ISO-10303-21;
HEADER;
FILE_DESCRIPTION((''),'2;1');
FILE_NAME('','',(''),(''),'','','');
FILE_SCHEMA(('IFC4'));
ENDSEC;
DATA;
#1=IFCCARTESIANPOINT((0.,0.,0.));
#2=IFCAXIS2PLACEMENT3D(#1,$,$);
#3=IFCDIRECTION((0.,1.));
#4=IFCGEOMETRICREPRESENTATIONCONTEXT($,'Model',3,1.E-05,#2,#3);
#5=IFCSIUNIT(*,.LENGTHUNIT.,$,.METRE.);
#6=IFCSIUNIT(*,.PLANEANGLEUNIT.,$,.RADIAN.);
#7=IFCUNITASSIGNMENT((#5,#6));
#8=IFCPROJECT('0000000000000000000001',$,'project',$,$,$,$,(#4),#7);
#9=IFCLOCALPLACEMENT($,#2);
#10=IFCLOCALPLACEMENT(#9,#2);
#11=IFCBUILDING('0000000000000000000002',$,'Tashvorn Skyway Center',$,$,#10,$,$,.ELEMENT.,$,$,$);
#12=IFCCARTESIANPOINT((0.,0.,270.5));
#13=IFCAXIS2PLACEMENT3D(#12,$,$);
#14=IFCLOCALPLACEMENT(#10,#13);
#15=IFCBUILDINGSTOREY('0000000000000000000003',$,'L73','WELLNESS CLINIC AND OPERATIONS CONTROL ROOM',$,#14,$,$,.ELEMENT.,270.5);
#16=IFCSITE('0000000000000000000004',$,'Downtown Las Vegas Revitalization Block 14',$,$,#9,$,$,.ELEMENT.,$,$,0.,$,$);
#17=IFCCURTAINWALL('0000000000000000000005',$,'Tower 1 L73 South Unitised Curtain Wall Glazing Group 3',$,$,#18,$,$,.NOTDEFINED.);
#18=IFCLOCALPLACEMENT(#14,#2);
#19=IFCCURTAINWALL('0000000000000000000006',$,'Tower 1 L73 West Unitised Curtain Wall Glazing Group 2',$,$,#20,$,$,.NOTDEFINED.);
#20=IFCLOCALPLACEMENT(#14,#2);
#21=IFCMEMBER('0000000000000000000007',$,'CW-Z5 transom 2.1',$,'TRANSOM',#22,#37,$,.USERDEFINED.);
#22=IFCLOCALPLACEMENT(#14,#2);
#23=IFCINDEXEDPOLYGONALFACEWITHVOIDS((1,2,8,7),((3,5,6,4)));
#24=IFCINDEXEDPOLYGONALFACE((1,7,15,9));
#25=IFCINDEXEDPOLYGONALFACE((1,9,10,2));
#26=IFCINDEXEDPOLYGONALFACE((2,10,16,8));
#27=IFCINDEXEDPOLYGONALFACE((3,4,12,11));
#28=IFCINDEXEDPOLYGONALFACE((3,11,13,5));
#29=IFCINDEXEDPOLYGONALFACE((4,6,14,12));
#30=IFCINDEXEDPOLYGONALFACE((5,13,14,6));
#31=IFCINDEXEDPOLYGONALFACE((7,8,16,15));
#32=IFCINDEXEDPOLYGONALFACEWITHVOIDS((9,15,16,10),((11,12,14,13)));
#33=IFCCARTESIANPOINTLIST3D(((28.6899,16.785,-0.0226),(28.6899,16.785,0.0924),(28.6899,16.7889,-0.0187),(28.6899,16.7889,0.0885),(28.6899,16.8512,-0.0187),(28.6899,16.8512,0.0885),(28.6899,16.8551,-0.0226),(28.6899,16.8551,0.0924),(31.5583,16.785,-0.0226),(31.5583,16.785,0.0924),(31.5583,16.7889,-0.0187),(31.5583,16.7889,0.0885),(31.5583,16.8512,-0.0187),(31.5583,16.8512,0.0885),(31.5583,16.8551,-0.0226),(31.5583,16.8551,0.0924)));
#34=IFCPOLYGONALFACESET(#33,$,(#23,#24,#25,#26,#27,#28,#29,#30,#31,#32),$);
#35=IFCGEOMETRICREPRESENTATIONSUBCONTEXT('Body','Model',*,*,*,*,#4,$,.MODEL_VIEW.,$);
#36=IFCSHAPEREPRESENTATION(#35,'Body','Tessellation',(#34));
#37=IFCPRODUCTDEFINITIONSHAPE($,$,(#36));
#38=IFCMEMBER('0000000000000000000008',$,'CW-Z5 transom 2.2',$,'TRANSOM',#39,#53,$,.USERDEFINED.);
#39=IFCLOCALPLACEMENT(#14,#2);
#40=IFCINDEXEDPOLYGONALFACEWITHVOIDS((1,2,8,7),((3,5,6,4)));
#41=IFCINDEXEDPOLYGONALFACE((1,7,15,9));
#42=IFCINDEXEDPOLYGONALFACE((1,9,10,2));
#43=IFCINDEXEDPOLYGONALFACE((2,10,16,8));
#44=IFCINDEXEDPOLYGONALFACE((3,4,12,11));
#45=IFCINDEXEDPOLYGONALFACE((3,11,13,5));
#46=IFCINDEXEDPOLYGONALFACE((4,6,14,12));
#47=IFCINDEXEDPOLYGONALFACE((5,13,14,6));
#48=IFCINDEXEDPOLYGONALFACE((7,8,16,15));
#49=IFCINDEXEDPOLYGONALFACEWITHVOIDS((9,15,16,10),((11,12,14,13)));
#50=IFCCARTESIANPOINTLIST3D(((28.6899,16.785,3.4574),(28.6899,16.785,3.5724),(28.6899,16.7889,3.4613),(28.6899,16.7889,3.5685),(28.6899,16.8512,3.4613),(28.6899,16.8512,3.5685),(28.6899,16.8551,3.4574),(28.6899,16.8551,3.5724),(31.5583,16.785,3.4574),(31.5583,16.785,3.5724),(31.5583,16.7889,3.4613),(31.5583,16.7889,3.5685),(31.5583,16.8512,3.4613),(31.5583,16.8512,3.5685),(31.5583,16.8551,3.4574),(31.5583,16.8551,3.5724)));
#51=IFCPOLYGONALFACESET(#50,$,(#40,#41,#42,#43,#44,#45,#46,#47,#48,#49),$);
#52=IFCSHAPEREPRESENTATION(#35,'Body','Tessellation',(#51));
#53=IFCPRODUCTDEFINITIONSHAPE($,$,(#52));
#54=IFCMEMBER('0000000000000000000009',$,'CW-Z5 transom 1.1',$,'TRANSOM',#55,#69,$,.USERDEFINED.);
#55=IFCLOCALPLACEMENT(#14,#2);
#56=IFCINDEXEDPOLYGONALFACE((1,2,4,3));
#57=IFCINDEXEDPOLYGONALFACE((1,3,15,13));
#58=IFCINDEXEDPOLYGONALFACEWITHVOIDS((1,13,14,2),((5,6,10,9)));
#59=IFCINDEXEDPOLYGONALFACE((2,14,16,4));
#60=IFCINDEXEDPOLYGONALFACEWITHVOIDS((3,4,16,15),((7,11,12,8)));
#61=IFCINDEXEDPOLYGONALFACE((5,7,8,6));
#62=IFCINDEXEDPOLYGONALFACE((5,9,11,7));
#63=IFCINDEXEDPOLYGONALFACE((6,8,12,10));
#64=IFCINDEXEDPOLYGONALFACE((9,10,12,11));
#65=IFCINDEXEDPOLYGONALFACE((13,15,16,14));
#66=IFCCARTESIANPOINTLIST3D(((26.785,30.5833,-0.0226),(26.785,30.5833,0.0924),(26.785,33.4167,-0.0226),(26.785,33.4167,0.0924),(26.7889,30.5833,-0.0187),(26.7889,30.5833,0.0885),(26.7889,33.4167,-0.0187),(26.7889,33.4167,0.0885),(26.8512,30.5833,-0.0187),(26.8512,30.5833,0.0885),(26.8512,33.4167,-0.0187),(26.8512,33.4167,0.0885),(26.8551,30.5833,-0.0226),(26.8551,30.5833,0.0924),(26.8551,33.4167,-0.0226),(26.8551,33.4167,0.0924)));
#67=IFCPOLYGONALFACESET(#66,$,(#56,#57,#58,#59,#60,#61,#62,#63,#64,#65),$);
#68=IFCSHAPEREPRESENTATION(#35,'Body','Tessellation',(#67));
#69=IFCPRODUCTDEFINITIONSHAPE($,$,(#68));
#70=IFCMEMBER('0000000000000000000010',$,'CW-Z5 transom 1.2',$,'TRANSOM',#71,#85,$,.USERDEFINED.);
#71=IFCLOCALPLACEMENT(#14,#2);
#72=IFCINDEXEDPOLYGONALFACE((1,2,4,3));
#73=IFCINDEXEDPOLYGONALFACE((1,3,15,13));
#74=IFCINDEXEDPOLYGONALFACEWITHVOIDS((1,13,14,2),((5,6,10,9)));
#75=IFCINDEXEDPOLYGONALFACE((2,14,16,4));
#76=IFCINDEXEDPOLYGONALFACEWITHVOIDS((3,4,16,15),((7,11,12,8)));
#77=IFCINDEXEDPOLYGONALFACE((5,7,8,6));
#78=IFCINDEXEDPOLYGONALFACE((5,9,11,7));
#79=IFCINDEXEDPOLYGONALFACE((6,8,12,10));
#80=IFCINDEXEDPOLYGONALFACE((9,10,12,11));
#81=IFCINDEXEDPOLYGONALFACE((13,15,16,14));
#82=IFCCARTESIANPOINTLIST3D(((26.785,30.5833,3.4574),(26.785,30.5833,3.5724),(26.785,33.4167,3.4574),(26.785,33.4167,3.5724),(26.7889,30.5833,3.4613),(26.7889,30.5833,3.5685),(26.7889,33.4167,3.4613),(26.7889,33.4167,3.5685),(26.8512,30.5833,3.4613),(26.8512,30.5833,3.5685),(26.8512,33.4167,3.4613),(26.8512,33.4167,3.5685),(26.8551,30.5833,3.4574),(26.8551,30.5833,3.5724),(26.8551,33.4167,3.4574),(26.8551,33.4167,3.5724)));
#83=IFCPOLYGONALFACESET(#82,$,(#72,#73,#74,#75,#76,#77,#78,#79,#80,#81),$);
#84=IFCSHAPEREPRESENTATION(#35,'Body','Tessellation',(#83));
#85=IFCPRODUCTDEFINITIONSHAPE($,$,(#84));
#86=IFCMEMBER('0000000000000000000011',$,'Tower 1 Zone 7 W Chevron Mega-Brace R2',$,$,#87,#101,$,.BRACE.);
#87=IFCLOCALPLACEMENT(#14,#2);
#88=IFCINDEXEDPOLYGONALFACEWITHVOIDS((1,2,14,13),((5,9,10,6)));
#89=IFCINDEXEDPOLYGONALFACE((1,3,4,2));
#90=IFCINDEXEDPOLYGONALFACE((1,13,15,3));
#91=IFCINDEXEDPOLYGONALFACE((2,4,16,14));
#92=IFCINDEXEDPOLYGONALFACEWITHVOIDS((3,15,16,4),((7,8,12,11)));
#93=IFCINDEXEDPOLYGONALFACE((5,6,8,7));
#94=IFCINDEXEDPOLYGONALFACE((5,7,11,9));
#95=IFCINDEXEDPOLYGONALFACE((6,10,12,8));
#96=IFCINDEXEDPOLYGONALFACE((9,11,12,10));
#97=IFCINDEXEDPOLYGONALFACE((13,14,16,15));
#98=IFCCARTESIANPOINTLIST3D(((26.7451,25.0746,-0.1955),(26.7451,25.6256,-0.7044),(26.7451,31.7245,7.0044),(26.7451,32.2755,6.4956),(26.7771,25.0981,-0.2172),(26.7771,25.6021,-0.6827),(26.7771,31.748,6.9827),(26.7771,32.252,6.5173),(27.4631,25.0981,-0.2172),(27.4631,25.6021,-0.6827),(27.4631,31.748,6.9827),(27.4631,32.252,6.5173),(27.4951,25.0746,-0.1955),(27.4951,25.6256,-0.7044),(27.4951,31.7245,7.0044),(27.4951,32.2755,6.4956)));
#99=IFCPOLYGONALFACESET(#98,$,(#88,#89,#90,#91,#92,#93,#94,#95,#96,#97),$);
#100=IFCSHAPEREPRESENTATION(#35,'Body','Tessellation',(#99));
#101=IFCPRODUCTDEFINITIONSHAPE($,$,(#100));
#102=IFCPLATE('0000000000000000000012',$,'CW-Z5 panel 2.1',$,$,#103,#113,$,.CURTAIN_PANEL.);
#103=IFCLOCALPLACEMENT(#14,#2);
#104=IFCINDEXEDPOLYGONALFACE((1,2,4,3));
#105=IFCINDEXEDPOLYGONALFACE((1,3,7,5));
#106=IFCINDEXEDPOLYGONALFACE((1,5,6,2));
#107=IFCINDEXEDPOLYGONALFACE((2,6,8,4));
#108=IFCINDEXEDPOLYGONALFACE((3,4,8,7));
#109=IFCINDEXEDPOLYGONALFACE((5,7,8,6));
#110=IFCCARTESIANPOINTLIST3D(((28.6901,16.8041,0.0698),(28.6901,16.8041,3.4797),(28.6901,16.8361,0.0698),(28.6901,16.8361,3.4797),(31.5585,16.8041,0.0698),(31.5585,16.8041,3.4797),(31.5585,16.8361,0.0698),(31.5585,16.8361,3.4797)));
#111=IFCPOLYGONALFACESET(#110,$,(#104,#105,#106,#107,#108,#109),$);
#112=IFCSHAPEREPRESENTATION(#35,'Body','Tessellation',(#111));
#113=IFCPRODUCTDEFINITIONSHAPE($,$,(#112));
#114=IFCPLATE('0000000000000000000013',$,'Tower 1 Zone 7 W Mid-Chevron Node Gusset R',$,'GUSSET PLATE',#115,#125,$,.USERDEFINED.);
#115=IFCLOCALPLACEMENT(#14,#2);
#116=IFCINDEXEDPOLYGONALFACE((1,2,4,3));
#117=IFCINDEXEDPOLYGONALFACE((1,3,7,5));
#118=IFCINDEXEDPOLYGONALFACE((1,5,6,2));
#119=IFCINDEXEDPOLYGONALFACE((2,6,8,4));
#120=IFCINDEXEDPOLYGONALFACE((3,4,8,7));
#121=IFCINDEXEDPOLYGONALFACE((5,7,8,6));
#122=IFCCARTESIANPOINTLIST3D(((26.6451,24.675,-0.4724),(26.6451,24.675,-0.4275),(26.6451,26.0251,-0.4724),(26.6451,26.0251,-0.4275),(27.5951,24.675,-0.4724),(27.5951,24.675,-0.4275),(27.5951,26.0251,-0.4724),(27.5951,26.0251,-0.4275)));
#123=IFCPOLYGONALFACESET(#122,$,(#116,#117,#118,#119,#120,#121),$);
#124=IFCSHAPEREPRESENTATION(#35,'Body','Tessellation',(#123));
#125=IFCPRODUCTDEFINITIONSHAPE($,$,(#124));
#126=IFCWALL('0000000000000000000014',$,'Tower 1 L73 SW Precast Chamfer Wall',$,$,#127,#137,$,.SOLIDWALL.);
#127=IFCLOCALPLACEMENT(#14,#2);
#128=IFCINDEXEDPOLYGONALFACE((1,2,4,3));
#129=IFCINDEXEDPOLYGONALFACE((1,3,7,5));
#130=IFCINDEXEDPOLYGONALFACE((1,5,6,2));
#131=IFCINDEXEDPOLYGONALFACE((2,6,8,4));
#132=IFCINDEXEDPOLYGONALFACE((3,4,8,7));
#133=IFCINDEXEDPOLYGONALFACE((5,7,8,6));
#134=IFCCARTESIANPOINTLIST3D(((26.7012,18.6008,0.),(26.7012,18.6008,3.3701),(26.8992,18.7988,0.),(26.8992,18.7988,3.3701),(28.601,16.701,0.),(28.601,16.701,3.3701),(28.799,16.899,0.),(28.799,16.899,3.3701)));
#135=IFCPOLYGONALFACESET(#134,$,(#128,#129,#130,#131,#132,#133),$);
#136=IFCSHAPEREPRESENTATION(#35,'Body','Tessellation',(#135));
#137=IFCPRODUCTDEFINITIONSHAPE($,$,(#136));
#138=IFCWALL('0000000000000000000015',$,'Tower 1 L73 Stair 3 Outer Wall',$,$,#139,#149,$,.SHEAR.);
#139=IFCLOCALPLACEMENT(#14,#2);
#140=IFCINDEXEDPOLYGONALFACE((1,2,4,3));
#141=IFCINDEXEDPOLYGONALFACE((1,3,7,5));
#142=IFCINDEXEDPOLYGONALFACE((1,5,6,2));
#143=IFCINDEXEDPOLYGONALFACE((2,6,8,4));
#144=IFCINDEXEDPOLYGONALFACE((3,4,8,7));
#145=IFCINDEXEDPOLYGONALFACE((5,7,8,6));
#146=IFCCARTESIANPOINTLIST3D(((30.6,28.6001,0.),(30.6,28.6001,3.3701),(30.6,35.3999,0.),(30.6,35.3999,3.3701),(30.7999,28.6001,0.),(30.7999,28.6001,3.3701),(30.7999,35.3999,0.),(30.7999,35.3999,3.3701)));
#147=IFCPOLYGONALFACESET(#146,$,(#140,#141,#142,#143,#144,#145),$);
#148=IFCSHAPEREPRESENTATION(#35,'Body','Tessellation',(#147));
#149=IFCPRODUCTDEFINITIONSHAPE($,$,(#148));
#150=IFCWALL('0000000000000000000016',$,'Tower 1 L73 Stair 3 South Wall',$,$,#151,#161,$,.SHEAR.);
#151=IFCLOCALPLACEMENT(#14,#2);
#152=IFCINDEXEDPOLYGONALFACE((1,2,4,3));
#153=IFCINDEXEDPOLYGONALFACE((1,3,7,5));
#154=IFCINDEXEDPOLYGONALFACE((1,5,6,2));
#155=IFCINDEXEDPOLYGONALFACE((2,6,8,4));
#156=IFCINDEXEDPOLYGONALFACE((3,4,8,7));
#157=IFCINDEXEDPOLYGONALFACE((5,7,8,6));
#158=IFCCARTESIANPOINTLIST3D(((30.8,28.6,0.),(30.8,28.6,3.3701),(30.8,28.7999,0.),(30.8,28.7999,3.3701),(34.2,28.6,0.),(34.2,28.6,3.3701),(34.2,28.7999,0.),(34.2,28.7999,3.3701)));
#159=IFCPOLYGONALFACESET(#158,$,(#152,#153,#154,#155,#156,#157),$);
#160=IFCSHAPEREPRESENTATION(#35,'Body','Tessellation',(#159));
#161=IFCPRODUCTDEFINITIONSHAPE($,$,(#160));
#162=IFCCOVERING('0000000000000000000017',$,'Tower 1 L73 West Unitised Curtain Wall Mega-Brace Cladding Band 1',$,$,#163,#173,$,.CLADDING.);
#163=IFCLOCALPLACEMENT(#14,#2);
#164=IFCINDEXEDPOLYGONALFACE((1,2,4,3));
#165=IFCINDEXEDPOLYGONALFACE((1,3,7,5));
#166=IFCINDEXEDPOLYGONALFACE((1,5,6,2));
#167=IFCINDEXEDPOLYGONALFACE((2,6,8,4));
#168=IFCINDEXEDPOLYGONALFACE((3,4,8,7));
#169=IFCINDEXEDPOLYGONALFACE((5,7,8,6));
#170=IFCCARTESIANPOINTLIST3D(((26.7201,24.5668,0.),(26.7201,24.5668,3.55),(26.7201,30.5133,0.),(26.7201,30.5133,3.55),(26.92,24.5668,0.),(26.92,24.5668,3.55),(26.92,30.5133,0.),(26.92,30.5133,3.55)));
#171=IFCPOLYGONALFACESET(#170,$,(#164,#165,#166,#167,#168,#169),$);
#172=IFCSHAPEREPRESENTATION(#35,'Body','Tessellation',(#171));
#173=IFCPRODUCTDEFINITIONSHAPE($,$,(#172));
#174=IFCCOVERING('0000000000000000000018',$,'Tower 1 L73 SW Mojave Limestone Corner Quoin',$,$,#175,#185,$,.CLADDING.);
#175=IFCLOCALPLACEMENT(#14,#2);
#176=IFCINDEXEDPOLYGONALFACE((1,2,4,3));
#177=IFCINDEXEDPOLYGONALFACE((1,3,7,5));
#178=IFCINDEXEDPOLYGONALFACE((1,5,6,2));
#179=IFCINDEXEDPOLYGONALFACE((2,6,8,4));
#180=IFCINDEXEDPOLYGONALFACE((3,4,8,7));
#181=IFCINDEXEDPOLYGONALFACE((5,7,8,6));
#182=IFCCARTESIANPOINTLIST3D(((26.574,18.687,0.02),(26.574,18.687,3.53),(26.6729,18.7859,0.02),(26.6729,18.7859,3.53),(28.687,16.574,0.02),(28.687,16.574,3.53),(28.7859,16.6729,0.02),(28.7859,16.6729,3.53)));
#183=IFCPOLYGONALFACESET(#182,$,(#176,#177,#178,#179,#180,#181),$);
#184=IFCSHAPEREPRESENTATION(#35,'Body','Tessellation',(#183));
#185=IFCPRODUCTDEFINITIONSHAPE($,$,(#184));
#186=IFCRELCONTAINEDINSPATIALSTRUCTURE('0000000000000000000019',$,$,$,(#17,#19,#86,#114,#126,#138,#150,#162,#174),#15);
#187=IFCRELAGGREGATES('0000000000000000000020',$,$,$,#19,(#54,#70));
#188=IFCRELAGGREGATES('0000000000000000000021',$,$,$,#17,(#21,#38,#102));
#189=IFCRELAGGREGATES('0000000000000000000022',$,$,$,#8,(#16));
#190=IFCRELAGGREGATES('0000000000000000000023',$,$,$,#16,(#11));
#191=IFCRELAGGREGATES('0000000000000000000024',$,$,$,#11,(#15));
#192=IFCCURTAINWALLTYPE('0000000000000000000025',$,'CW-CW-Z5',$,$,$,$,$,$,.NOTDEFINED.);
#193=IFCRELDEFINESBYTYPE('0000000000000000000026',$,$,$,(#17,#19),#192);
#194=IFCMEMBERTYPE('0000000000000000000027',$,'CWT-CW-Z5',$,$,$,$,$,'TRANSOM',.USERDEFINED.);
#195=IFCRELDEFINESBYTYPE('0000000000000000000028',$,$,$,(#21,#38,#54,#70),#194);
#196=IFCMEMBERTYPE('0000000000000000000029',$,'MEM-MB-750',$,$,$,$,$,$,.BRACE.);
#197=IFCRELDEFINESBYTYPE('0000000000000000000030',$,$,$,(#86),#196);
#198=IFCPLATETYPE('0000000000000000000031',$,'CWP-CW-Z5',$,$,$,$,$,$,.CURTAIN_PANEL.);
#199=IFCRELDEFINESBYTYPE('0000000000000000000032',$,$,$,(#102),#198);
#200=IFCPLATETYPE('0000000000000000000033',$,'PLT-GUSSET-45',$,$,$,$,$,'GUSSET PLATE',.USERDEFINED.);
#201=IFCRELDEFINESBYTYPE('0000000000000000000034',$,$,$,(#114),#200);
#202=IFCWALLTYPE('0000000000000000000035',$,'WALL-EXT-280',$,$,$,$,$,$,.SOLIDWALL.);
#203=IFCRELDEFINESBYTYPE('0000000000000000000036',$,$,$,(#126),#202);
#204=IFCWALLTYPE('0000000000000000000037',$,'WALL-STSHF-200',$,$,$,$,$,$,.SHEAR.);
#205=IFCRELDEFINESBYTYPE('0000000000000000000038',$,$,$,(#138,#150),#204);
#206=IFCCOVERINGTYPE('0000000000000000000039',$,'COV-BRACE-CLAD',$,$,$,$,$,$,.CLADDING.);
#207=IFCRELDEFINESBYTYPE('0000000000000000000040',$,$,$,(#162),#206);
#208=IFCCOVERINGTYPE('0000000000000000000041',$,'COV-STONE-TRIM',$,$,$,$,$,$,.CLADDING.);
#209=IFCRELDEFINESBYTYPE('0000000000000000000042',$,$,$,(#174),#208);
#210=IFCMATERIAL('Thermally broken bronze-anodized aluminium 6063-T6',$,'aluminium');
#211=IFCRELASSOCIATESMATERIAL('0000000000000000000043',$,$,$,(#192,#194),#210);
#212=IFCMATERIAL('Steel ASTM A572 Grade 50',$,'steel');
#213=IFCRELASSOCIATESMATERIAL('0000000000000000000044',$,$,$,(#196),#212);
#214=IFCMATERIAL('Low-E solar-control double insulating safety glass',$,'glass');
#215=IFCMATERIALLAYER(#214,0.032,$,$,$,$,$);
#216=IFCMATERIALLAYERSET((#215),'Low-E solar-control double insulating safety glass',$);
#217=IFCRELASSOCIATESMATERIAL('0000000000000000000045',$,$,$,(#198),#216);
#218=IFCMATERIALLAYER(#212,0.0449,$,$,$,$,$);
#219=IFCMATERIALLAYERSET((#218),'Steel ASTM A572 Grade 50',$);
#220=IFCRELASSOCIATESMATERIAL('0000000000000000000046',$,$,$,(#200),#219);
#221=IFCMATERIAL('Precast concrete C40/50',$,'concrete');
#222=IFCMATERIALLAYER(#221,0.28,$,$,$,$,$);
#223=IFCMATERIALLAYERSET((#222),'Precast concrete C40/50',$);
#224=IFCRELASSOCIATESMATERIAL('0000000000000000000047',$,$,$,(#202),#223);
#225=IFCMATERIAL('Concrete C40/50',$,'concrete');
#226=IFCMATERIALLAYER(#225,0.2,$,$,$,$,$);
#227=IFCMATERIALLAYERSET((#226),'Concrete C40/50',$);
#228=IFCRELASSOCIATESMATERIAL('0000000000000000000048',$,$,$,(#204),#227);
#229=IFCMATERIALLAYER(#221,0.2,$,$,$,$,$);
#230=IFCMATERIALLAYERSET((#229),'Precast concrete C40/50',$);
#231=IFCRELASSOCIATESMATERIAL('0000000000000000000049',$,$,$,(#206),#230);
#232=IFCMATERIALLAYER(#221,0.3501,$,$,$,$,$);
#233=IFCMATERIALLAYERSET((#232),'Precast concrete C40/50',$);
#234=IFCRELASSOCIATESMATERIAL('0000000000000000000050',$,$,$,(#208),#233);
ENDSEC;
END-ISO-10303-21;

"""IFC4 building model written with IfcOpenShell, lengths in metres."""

from ifc_helpers import new_model, si_unit, direction, frame, frame_2d, origin, origin_2d, place, context, subcontext, project, spatial, rectangle, hollow_rectangle, extrude, material, layer, layer_set, material_profile, profile_set, type_object, element, aggregate, save


model = new_model("IFC4")

# Units and contexts
model_context = context("Model", 3, precision=1e-05, world=origin(), true_north=direction((0.0, 1.0)))
body_context = subcontext(model_context, "Body", "Model", "MODEL_VIEW")
ifc_project = project(units=[si_unit("LENGTHUNIT", "METRE"), si_unit("PLANEANGLEUNIT", "RADIAN")], contexts=[model_context])

# Site, building, storey
site_placement = place(None, origin())
site = spatial("IfcSite", under=ifc_project, at=site_placement, Name="Downtown Las Vegas Revitalization Block 14", CompositionType="ELEMENT", RefElevation=0.0)
building_placement = place(site_placement, origin())
building = spatial("IfcBuilding", under=site, at=building_placement, Name="Tashvorn Skyway Center", CompositionType="ELEMENT")
storey_placement = place(building_placement, frame((0.0, 0.0, 270.5)))
storey = spatial("IfcBuildingStorey", under=building, at=storey_placement, Name="L73", Description="WELLNESS CLINIC AND OPERATIONS CONTROL ROOM", CompositionType="ELEMENT", Elevation=270.5)

# Shared definitions
ifc_material_1 = material(Name="Steel ASTM A572 Grade 50", Category="steel")

# Curtain wall
ifc_material_2 = material(Name="Thermally broken bronze-anodized aluminium 6063-T6", Category="aluminium")
curtain_wall_type = type_object("IfcCurtainWallType", Name="CW-CW-Z5", PredefinedType="NOTDEFINED", material=ifc_material_2)
curtain_wall_1_placement = place(storey_placement, origin())
curtain_wall_1 = element("IfcCurtainWall", 1, at=curtain_wall_1_placement, inside=storey, type_object=curtain_wall_type, Name="Tower 1 L73 South Unitised Curtain Wall Glazing Group 3", PredefinedType="NOTDEFINED")

# Curtain wall
curtain_wall_2_placement = place(storey_placement, origin())
curtain_wall_2 = element("IfcCurtainWall", 2, at=curtain_wall_2_placement, inside=storey, type_object=curtain_wall_type, Name="Tower 1 L73 West Unitised Curtain Wall Glazing Group 2", PredefinedType="NOTDEFINED")

# Members
ifc_material_profile_1 = material_profile(ifc_material_2, hollow_rectangle(XDim=0.0701, YDim=0.115, WallThickness=0.0039, at=origin_2d()), Name="ALU-TRAN-70x115")
ifc_profile_set_1 = profile_set([ifc_material_profile_1], Name="Thermally broken bronze-anodized aluminium 6063-T6")
member_type_1 = type_object("IfcMemberType", Name="CWT-CW-Z5", ElementType="TRANSOM", PredefinedType="USERDEFINED", material=ifc_profile_set_1)
member_1_placement = place(storey_placement, frame((31.5583, 16.8201, 0.0349), z_axis=(-1.0, 0.0, 0.0), x_axis=(0.0, -1.0, 0.0)))
member_1 = element("IfcMember", 3, at=member_1_placement, type_object=member_type_1, Name="CW-Z5 transom 2.1", ObjectType="TRANSOM", PredefinedType="USERDEFINED", context=body_context, shape_type="SweptSolid", body=[
    extrude(hollow_rectangle(XDim=0.0701, YDim=0.115, WallThickness=0.0039, at=origin_2d()), origin(), (0.0, 0.0, 1.0), 2.8684),
])
member_2_placement = place(storey_placement, frame((31.5583, 16.8201, 3.5149), z_axis=(-1.0, 0.0, 0.0), x_axis=(0.0, -1.0, 0.0)))
member_2 = element("IfcMember", 4, at=member_2_placement, type_object=member_type_1, Name="CW-Z5 transom 2.2", ObjectType="TRANSOM", PredefinedType="USERDEFINED", context=body_context, shape_type="SweptSolid", body=[
    extrude(hollow_rectangle(XDim=0.0701, YDim=0.115, WallThickness=0.0039, at=origin_2d()), origin(), (0.0, 0.0, 1.0), 2.8684),
])
member_3_placement = place(storey_placement, frame((26.8201, 30.5833, 0.0349), z_axis=(0.0, 1.0, 0.0), x_axis=(-1.0, 0.0, 0.0)))
member_3 = element("IfcMember", 5, at=member_3_placement, type_object=member_type_1, Name="CW-Z5 transom 1.1", ObjectType="TRANSOM", PredefinedType="USERDEFINED", context=body_context, shape_type="SweptSolid", body=[
    extrude(hollow_rectangle(XDim=0.0701, YDim=0.115, WallThickness=0.0039, at=origin_2d()), origin(), (0.0, 0.0, 1.0), 2.8335),
])
member_4_placement = place(storey_placement, frame((26.8201, 30.5833, 3.5149), z_axis=(0.0, 1.0, 0.0), x_axis=(-1.0, 0.0, 0.0)))
member_4 = element("IfcMember", 6, at=member_4_placement, type_object=member_type_1, Name="CW-Z5 transom 1.2", ObjectType="TRANSOM", PredefinedType="USERDEFINED", context=body_context, shape_type="SweptSolid", body=[
    extrude(hollow_rectangle(XDim=0.0701, YDim=0.115, WallThickness=0.0039, at=origin_2d()), origin(), (0.0, 0.0, 1.0), 2.8335),
])
aggregate(curtain_wall_2, [member_3, member_4])
ifc_material_profile_2 = material_profile(ifc_material_1, hollow_rectangle(XDim=0.75, YDim=0.75, WallThickness=0.032, at=origin_2d()), Name="BOX750x750x32")
ifc_profile_set_2 = profile_set([ifc_material_profile_2], Name="Steel ASTM A572 Grade 50")
member_type_2 = type_object("IfcMemberType", Name="MEM-MB-750", PredefinedType="BRACE", material=ifc_profile_set_2)
member_5_placement = place(storey_placement, frame((27.1201, 25.3501, -0.45), z_axis=(0.0, 0.678489, 0.734611), x_axis=(-1.0, 0.0, 0.0)))
element("IfcMember", 7, at=member_5_placement, inside=storey, type_object=member_type_2, Name="Tower 1 Zone 7 W Chevron Mega-Brace R2", PredefinedType="BRACE", context=body_context, shape_type="SweptSolid", body=[
    extrude(hollow_rectangle(XDim=0.75, YDim=0.75, WallThickness=0.032, at=origin_2d()), origin(), (0.0, 0.0, 1.0), 9.801),
])

# Plates
ifc_material_3 = material(Name="Low-E solar-control double insulating safety glass", Category="glass")
ifc_layer_1 = layer(ifc_material_3, 0.032)
ifc_layer_set_1 = layer_set([ifc_layer_1], Name="Low-E solar-control double insulating safety glass")
plate_type_1 = type_object("IfcPlateType", Name="CWP-CW-Z5", PredefinedType="CURTAIN_PANEL", material=ifc_layer_set_1)
plate_1_placement = place(storey_placement, frame((30.1243, 16.8201, 0.0698), z_axis=(0.0, 0.0, 1.0), x_axis=(-1.0, 0.0, 0.0)))
plate_1 = element("IfcPlate", 8, at=plate_1_placement, type_object=plate_type_1, Name="CW-Z5 panel 2.1", PredefinedType="CURTAIN_PANEL", context=body_context, shape_type="SweptSolid", body=[
    extrude(rectangle(XDim=2.8684, YDim=0.032, at=origin_2d()), origin(), (0.0, 0.0, 1.0), 3.4099),
])
aggregate(curtain_wall_1, [member_1, member_2, plate_1])
ifc_layer_2 = layer(ifc_material_1, 0.0449)
ifc_layer_set_2 = layer_set([ifc_layer_2], Name="Steel ASTM A572 Grade 50")
plate_type_2 = type_object("IfcPlateType", Name="PLT-GUSSET-45", ElementType="GUSSET PLATE", PredefinedType="USERDEFINED", material=ifc_layer_set_2)
plate_2_placement = place(storey_placement, frame((27.1201, 25.3501, -0.4724), z_axis=(0.0, 0.0, 1.0), x_axis=(0.0, -1.0, 0.0)))
element("IfcPlate", 9, at=plate_2_placement, inside=storey, type_object=plate_type_2, Name="Tower 1 Zone 7 W Mid-Chevron Node Gusset R", ObjectType="GUSSET PLATE", PredefinedType="USERDEFINED", context=body_context, shape_type="SweptSolid", body=[
    extrude(rectangle(XDim=1.3501, YDim=0.95, at=origin_2d()), origin(), (0.0, 0.0, 1.0), 0.0449),
])

# Walls
ifc_material_4 = material(Name="Precast concrete C40/50", Category="concrete")
ifc_layer_3 = layer(ifc_material_4, 0.28)
ifc_layer_set_3 = layer_set([ifc_layer_3], Name="Precast concrete C40/50")
wall_type_1 = type_object("IfcWallType", Name="WALL-EXT-280", PredefinedType="SOLIDWALL", material=ifc_layer_set_3)
wall_1_placement = place(storey_placement, frame((28.7, 16.8, 0.0), z_axis=(0.0, 0.0, 1.0), x_axis=(-0.707107, 0.707107, 0.0)))
element("IfcWall", 10, at=wall_1_placement, inside=storey, type_object=wall_type_1, Name="Tower 1 L73 SW Precast Chamfer Wall", PredefinedType="SOLIDWALL", context=body_context, shape_type="SweptSolid", body=[
    extrude(rectangle(XDim=2.6868, YDim=0.28, at=frame_2d((1.3433, 0.0))), origin(), (0.0, 0.0, 1.0), 3.3701),
])
ifc_material_5 = material(Name="Concrete C40/50", Category="concrete")
ifc_layer_4 = layer(ifc_material_5, 0.2)
ifc_layer_set_4 = layer_set([ifc_layer_4], Name="Concrete C40/50")
wall_type_2 = type_object("IfcWallType", Name="WALL-STSHF-200", PredefinedType="SHEAR", material=ifc_layer_set_4)
wall_2_placement = place(storey_placement, frame((30.7, 28.6001, 0.0), z_axis=(0.0, 0.0, 1.0), x_axis=(0.0, 1.0, 0.0)))
element("IfcWall", 11, at=wall_2_placement, inside=storey, type_object=wall_type_2, Name="Tower 1 L73 Stair 3 Outer Wall", PredefinedType="SHEAR", context=body_context, shape_type="SweptSolid", body=[
    extrude(rectangle(XDim=6.7998, YDim=0.2, at=frame_2d((3.3999, 0.0))), origin(), (0.0, 0.0, 1.0), 3.3701),
])
wall_3_placement = place(storey_placement, frame((30.8, 28.7, 0.0), z_axis=(0.0, 0.0, 1.0), x_axis=(1.0, 0.0, 0.0)))
element("IfcWall", 12, at=wall_3_placement, inside=storey, type_object=wall_type_2, Name="Tower 1 L73 Stair 3 South Wall", PredefinedType="SHEAR", context=body_context, shape_type="SweptSolid", body=[
    extrude(rectangle(XDim=3.3999, YDim=0.2, at=frame_2d((1.7, 0.0))), origin(), (0.0, 0.0, 1.0), 3.3701),
])

# Coverings
ifc_layer_5 = layer(ifc_material_4, 0.2)
ifc_layer_set_5 = layer_set([ifc_layer_5], Name="Precast concrete C40/50")
covering_type_1 = type_object("IfcCoveringType", Name="COV-BRACE-CLAD", PredefinedType="CLADDING", material=ifc_layer_set_5)
covering_1_placement = place(storey_placement, frame((26.8201, 27.54, 0.0), z_axis=(0.0, 0.0, 1.0), x_axis=(0.0, 1.0, 0.0)))
element("IfcCovering", 13, at=covering_1_placement, inside=storey, type_object=covering_type_1, Name="Tower 1 L73 West Unitised Curtain Wall Mega-Brace Cladding Band 1", PredefinedType="CLADDING", context=body_context, shape_type="SweptSolid", body=[
    extrude(rectangle(XDim=5.9465, YDim=0.2, at=origin_2d()), origin(), (0.0, 0.0, 1.0), 3.55),
])
ifc_layer_6 = layer(ifc_material_4, 0.3501)
ifc_layer_set_6 = layer_set([ifc_layer_6], Name="Precast concrete C40/50")
covering_type_2 = type_object("IfcCoveringType", Name="COV-STONE-TRIM", PredefinedType="CLADDING", material=ifc_layer_set_6)
covering_2_placement = place(storey_placement, frame((27.6799, 17.6799, 0.02), z_axis=(0.0, 0.0, 1.0), x_axis=(-0.707107, 0.707107, 0.0)))
element("IfcCovering", 14, at=covering_2_placement, inside=storey, type_object=covering_type_2, Name="Tower 1 L73 SW Mojave Limestone Corner Quoin", PredefinedType="CLADDING", context=body_context, shape_type="SweptSolid", body=[
    extrude(rectangle(XDim=2.9883, YDim=0.1399, at=origin_2d()), origin(), (0.0, 0.0, 1.0), 3.51),
])

save(model, "model.ifc")
